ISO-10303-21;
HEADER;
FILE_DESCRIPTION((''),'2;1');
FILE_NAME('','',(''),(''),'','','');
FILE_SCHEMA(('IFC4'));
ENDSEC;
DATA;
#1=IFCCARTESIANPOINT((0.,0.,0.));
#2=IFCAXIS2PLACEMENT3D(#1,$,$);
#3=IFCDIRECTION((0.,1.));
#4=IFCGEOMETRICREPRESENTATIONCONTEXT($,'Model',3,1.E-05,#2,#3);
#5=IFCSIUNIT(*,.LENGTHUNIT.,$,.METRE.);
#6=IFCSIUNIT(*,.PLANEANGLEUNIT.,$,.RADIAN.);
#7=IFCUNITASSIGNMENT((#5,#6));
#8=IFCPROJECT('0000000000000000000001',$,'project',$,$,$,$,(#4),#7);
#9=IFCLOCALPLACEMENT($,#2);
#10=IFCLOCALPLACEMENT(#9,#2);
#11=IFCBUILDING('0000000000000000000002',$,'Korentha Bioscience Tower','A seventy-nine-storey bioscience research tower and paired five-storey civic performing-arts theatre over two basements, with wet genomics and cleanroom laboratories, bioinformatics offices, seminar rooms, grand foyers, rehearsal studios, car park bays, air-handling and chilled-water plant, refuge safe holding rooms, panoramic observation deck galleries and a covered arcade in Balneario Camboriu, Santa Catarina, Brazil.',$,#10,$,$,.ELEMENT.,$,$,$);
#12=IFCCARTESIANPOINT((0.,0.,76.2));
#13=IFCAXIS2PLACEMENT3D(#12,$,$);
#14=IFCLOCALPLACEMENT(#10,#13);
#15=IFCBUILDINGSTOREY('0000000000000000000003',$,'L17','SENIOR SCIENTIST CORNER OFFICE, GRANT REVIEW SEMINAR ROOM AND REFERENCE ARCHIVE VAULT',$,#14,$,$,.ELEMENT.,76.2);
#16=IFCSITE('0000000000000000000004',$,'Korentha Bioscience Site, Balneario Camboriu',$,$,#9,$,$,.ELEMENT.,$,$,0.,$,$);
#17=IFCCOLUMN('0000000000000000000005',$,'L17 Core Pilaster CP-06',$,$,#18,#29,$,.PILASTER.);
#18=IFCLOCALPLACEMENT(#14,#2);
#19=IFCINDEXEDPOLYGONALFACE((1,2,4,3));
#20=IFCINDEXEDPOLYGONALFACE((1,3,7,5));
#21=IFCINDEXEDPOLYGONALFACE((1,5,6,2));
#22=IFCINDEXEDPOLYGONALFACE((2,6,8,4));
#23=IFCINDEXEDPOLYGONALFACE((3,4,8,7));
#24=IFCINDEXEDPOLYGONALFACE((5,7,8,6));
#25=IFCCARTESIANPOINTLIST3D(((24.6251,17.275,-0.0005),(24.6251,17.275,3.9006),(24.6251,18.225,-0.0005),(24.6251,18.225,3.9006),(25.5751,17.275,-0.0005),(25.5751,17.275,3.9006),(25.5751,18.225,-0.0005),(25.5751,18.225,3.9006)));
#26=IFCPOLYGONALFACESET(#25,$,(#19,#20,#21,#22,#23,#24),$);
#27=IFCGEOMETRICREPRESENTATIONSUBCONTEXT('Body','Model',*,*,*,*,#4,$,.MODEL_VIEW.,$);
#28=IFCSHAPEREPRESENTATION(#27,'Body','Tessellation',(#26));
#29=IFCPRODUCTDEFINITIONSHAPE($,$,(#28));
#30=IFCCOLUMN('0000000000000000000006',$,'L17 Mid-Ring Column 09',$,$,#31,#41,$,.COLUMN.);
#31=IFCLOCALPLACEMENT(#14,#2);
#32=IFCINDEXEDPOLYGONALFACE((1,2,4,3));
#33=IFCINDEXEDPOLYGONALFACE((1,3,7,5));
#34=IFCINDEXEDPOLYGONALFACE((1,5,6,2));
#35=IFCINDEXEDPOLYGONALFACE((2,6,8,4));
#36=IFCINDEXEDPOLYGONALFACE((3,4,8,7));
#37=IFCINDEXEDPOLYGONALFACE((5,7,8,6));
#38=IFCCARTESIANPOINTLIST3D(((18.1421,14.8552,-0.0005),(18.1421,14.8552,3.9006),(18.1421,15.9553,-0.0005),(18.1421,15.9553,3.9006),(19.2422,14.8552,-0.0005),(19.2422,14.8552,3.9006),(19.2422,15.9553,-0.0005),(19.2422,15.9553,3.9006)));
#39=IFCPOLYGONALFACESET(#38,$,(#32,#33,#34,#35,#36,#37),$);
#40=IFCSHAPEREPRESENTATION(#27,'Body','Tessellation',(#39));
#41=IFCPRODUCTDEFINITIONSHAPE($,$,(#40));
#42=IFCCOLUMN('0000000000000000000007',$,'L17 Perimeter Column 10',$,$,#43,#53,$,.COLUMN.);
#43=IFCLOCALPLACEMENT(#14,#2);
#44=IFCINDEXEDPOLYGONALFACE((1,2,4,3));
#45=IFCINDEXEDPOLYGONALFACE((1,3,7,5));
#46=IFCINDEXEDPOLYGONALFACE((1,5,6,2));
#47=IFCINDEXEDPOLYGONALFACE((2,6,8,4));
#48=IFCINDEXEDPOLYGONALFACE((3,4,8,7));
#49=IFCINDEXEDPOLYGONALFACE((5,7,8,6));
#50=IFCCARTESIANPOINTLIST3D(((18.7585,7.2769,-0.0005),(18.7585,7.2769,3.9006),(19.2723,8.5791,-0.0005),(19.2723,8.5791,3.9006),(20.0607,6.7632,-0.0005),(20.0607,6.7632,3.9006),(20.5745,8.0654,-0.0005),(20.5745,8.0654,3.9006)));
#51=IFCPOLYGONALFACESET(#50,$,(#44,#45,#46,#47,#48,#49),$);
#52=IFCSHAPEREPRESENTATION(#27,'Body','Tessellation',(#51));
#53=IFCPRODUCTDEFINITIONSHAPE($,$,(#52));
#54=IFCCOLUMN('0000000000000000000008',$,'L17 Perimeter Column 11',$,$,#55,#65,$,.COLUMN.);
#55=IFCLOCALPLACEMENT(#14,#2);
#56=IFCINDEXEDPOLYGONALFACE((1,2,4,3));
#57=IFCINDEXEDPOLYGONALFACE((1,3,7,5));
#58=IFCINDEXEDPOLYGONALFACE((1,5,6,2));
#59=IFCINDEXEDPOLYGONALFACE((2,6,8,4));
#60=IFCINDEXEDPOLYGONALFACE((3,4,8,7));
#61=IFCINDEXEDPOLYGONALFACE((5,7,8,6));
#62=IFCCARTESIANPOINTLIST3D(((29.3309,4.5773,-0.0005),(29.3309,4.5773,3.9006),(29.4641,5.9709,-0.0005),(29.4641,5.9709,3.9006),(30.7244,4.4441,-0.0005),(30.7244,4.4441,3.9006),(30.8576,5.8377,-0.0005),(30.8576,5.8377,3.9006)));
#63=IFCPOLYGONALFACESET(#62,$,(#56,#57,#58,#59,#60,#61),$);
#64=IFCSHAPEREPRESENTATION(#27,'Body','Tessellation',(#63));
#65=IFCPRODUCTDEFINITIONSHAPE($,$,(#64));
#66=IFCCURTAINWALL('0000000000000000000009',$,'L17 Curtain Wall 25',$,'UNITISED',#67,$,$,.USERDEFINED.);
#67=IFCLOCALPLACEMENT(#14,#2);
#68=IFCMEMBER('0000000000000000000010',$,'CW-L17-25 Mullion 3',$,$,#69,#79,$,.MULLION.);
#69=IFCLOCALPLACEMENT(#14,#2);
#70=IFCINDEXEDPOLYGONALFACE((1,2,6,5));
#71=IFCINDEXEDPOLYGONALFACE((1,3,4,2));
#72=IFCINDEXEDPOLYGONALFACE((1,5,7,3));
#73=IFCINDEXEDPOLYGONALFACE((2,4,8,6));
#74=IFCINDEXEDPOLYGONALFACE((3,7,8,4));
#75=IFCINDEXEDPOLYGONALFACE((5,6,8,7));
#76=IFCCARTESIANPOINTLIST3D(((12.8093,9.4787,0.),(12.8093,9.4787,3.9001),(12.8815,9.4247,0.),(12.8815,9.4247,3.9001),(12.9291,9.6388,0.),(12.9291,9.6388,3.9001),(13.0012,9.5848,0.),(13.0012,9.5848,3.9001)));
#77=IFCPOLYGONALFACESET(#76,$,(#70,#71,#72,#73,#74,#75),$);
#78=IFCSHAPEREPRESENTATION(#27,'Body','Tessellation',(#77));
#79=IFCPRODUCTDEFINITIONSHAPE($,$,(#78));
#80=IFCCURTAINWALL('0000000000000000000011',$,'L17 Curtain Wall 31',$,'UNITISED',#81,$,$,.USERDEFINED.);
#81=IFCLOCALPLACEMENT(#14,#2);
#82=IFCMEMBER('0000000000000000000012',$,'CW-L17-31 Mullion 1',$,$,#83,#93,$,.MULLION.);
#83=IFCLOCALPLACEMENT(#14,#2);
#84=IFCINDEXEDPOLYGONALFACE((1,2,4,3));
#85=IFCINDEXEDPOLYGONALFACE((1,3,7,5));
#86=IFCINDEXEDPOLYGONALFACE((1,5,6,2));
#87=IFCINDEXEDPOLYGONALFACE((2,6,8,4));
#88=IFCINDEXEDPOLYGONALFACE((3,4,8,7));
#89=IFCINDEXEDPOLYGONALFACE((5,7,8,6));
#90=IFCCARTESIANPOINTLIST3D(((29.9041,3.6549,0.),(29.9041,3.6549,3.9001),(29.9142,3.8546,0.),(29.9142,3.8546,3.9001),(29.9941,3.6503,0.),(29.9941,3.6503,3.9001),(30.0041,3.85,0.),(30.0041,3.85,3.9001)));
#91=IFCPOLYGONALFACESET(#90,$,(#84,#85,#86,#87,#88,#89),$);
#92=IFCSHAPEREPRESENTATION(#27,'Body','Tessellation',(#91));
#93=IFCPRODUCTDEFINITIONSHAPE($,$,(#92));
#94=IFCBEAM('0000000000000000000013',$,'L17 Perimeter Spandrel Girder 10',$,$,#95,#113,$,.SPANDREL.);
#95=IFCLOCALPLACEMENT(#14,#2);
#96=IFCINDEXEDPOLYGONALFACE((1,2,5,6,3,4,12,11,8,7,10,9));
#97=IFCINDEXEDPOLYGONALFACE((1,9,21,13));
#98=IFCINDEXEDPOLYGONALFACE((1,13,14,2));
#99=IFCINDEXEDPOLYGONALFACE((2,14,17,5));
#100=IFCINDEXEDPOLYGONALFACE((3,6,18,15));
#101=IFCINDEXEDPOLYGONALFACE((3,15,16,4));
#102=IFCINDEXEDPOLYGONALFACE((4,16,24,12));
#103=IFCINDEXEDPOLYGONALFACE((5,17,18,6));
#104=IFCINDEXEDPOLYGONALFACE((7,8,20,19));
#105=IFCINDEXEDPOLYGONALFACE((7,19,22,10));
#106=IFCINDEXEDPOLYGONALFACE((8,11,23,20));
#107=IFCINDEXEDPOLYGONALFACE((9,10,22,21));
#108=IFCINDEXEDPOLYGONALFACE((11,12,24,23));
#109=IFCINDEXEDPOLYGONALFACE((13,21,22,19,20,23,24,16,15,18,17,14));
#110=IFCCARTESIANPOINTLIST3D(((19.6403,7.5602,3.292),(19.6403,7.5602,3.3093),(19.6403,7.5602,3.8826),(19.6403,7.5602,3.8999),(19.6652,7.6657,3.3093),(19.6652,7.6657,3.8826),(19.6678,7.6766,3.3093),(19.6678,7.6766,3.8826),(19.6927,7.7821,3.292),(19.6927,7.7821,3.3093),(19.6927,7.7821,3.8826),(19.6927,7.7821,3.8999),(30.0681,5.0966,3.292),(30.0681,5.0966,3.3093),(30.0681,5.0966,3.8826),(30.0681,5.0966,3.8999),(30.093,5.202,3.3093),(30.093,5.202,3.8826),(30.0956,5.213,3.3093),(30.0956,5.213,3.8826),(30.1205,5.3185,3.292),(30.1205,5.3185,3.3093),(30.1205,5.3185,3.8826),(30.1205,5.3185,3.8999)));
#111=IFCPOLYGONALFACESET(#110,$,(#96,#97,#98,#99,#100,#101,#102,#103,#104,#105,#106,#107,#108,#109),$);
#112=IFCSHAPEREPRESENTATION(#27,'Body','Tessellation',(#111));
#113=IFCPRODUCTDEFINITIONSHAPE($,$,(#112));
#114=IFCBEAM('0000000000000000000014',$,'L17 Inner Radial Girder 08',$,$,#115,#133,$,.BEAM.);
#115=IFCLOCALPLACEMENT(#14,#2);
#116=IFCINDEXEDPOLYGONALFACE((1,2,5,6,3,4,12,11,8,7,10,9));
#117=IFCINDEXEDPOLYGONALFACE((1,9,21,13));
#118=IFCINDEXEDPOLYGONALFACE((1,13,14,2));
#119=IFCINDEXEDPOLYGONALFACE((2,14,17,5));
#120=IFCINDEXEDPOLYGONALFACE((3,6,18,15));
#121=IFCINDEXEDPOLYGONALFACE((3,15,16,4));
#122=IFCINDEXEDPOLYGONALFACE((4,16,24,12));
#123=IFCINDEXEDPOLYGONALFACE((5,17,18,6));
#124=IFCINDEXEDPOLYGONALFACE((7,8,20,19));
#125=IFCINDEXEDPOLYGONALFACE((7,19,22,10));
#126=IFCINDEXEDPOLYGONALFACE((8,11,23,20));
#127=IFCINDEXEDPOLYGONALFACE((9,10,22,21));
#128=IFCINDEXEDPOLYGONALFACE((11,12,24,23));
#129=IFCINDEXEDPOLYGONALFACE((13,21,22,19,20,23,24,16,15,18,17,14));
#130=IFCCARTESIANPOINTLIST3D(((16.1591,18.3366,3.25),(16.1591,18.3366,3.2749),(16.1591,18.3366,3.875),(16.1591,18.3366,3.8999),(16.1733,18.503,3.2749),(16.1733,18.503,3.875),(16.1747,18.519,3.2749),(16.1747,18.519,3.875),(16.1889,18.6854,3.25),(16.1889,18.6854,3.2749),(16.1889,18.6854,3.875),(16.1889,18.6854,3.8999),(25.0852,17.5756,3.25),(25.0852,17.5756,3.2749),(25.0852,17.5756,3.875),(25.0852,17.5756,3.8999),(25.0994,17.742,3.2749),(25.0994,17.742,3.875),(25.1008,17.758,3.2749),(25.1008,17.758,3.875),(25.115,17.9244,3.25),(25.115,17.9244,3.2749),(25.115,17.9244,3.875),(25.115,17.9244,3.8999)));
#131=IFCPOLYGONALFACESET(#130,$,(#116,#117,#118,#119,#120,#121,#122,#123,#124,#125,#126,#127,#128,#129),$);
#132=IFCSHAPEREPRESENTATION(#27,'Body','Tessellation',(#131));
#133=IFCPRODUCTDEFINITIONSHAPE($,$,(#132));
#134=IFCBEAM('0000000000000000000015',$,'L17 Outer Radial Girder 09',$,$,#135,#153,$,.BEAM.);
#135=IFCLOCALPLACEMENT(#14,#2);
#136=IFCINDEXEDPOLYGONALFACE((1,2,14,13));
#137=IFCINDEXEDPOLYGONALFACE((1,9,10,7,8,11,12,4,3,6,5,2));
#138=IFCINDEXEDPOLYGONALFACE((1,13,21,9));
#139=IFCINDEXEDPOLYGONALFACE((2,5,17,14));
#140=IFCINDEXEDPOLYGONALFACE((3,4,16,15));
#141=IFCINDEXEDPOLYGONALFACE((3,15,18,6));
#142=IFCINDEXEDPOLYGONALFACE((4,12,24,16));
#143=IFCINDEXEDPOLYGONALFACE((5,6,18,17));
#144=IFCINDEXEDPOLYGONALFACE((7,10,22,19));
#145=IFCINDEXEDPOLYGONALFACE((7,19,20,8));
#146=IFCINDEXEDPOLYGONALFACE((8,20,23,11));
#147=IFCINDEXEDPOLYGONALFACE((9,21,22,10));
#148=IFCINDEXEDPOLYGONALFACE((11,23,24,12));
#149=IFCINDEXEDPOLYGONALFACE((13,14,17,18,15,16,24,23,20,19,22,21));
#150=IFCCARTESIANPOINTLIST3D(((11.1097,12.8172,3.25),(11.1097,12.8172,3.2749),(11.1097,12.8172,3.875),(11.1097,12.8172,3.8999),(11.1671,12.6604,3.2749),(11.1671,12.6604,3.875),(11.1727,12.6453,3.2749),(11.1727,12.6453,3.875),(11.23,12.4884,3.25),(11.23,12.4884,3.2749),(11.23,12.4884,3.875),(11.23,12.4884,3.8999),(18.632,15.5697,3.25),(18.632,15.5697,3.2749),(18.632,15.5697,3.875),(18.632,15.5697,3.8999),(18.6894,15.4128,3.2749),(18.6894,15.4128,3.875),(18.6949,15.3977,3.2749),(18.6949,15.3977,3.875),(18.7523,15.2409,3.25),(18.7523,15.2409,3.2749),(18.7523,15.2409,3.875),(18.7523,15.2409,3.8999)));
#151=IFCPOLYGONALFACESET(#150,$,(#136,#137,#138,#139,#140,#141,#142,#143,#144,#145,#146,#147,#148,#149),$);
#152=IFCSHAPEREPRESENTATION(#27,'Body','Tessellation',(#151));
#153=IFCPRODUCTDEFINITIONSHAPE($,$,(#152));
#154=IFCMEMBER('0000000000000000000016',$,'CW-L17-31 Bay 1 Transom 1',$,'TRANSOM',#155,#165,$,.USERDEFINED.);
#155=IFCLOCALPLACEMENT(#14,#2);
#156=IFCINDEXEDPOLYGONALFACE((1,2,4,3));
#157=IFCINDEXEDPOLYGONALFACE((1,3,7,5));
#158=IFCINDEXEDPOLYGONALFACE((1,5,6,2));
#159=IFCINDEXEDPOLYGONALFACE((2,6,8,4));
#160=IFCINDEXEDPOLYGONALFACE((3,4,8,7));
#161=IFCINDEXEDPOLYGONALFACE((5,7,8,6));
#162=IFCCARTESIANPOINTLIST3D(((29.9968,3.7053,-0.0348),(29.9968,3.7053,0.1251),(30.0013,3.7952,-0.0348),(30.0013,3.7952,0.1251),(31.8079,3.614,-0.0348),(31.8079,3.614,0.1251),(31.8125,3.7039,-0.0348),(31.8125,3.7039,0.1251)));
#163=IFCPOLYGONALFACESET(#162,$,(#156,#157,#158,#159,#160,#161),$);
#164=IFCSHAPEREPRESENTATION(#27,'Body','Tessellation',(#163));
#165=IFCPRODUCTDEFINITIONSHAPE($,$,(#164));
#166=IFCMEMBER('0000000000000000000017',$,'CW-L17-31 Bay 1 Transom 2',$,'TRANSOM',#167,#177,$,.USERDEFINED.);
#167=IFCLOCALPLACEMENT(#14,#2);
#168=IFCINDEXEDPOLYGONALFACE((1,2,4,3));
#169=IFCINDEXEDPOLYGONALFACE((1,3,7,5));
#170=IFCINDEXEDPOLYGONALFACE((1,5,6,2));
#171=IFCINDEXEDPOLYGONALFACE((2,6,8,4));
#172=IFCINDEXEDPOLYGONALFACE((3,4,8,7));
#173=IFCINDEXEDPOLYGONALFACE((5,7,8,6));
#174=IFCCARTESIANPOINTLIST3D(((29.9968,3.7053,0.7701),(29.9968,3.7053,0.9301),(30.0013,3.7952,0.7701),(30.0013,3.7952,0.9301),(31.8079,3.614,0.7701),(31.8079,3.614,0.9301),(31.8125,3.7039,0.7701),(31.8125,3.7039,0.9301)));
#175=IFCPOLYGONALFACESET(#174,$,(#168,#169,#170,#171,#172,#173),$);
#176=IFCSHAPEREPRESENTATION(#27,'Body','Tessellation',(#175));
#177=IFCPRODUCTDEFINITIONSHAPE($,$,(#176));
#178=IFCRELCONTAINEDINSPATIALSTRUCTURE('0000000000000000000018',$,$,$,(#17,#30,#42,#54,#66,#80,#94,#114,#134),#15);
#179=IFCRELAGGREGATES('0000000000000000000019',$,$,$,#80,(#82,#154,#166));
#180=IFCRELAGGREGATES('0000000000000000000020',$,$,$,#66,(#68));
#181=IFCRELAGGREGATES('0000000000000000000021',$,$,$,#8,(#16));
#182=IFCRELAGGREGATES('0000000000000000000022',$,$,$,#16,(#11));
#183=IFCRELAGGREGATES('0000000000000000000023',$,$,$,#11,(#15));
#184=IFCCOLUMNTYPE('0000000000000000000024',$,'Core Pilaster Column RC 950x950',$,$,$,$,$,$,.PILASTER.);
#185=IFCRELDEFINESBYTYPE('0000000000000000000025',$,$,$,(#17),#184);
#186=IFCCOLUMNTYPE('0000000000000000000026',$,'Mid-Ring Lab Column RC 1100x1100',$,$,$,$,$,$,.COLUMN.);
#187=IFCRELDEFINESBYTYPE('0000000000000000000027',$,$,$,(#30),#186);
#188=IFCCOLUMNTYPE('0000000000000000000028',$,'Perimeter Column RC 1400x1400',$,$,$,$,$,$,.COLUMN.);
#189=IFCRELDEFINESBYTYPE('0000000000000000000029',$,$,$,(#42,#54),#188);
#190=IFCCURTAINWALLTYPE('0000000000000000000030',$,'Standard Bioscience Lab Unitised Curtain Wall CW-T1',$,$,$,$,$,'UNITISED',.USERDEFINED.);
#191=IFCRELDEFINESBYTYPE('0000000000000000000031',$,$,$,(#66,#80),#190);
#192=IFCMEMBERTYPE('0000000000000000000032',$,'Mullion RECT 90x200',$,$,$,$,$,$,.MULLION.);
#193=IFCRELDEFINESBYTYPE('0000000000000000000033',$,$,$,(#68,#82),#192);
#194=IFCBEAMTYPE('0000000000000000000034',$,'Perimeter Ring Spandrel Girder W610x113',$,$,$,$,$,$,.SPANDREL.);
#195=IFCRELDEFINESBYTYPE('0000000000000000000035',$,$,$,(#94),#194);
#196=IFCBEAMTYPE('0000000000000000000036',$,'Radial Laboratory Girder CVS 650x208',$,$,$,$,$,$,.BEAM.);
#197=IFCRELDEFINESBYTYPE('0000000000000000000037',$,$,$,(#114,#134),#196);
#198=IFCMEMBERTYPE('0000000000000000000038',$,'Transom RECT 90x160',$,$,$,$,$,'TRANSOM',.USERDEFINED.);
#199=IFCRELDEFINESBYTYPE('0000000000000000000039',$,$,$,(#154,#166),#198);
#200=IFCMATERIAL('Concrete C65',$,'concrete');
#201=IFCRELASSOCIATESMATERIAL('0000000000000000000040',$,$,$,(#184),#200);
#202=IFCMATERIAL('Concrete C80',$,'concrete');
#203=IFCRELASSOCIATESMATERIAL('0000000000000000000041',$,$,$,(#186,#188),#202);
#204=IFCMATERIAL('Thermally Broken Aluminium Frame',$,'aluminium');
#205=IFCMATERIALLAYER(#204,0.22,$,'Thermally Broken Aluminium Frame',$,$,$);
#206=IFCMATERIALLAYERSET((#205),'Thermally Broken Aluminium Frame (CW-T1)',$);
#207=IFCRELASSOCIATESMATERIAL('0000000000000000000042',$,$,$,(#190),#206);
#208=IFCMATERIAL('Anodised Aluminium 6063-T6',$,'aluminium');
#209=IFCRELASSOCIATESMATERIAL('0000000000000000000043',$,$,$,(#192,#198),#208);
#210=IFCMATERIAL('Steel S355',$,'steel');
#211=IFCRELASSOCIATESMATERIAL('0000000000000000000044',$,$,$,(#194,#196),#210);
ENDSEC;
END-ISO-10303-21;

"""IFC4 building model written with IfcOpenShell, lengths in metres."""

from ifc_helpers import new_model, si_unit, direction, frame, origin, origin_2d, place, context, subcontext, project, spatial, rectangle, i_section, extrude, material, layer, layer_set, material_profile, profile_set, type_object, element, aggregate, save


model = new_model("IFC4")

# Units and contexts
model_context = context("Model", 3, precision=1e-05, world=origin(), true_north=direction((0.0, 1.0)))
body_context = subcontext(model_context, "Body", "Model", "MODEL_VIEW")
ifc_project = project(units=[si_unit("LENGTHUNIT", "METRE"), si_unit("PLANEANGLEUNIT", "RADIAN")], contexts=[model_context])

# Site, building, storey
site_placement = place(None, origin())
site = spatial("IfcSite", under=ifc_project, at=site_placement, Name="Korentha Bioscience Site, Balneario Camboriu", CompositionType="ELEMENT", RefElevation=0.0)
building_placement = place(site_placement, origin())
building = spatial("IfcBuilding", under=site, at=building_placement, Name="Korentha Bioscience Tower", Description="A seventy-nine-storey bioscience research tower and paired five-storey civic performing-arts theatre over two basements, with wet genomics and cleanroom laboratories, bioinformatics offices, seminar rooms, grand foyers, rehearsal studios, car park bays, air-handling and chilled-water plant, refuge safe holding rooms, panoramic observation deck galleries and a covered arcade in Balneario Camboriu, Santa Catarina, Brazil.", CompositionType="ELEMENT")
storey_placement = place(building_placement, frame((0.0, 0.0, 76.2)))
storey = spatial("IfcBuildingStorey", under=building, at=storey_placement, Name="L17", Description="SENIOR SCIENTIST CORNER OFFICE, GRANT REVIEW SEMINAR ROOM AND REFERENCE ARCHIVE VAULT", CompositionType="ELEMENT", Elevation=76.2)

# Columns
ifc_material_1 = material(Name="Concrete C65", Category="concrete")
ifc_material_profile_1 = material_profile(ifc_material_1, rectangle(XDim=0.95, YDim=0.95, at=origin_2d()), Name="Concrete C65")
ifc_profile_set_1 = profile_set([ifc_material_profile_1], Name="Concrete C65 (COL-CP09)")
column_type_1 = type_object("IfcColumnType", Name="Core Pilaster Column RC 950x950", PredefinedType="PILASTER", material=ifc_profile_set_1)
column_1_placement = place(storey_placement, frame((25.1001, 17.75, -0.0005), z_axis=(0.0, 0.0, 1.0), x_axis=(1.0, 0.0, 0.0)))
element("IfcColumn", 1, at=column_1_placement, inside=storey, type_object=column_type_1, Name="L17 Core Pilaster CP-06", PredefinedType="PILASTER", context=body_context, shape_type="SweptSolid", body=[
    extrude(rectangle(XDim=0.95, YDim=0.95, at=origin_2d()), origin(), (0.0, 0.0, 1.0), 3.9011),
])
ifc_material_2 = material(Name="Concrete C80", Category="concrete")
ifc_material_profile_2 = material_profile(ifc_material_2, rectangle(XDim=1.1001, YDim=1.1001, at=origin_2d()), Name="Concrete C80")
ifc_profile_set_2 = profile_set([ifc_material_profile_2], Name="Concrete C80 (COL-MR11)")
column_type_2 = type_object("IfcColumnType", Name="Mid-Ring Lab Column RC 1100x1100", PredefinedType="COLUMN", material=ifc_profile_set_2)
column_2_placement = place(storey_placement, frame((18.6921, 15.4053, -0.0005), z_axis=(0.0, 0.0, 1.0), x_axis=(1.0, 0.0, 0.0)))
element("IfcColumn", 2, at=column_2_placement, inside=storey, type_object=column_type_2, Name="L17 Mid-Ring Column 09", PredefinedType="COLUMN", context=body_context, shape_type="SweptSolid", body=[
    extrude(rectangle(XDim=1.1001, YDim=1.1001, at=origin_2d()), origin(), (0.0, 0.0, 1.0), 3.9011),
])
ifc_material_profile_3 = material_profile(ifc_material_2, rectangle(XDim=1.3999, YDim=1.3999, at=origin_2d()), Name="Concrete C80")
ifc_profile_set_3 = profile_set([ifc_material_profile_3], Name="Concrete C80 (COL-P14)")
column_type_3 = type_object("IfcColumnType", Name="Perimeter Column RC 1400x1400", PredefinedType="COLUMN", material=ifc_profile_set_3)
for number, where, z_axis, x_axis, name in (
    (3, (19.6665, 7.6711, -0.0005), (0.0, 0.0, 1.0), (-0.930226, 0.366988, 0.0), "L17 Perimeter Column 10"),
    (4, (30.0942, 5.2075, -0.0005), (0.0, 0.0, 1.0), (-0.995463, 0.095151, 0.0), "L17 Perimeter Column 11"),
):
    element("IfcColumn", number, at=place(storey_placement, frame(where, z_axis=z_axis, x_axis=x_axis)), inside=storey, type_object=column_type_3, Name=name, PredefinedType="COLUMN", context=body_context, shape_type="SweptSolid", body=[
        extrude(rectangle(XDim=1.3999, YDim=1.3999, at=origin_2d()), origin(), (0.0, 0.0, 1.0), 3.9011),
    ])

# Curtain walls, members
ifc_material_3 = material(Name="Thermally Broken Aluminium Frame", Category="aluminium")
ifc_layer_1 = layer(ifc_material_3, 0.22, Name="Thermally Broken Aluminium Frame")
ifc_layer_set_1 = layer_set([ifc_layer_1], Name="Thermally Broken Aluminium Frame (CW-T1)")
curtain_wall_type = type_object("IfcCurtainWallType", Name="Standard Bioscience Lab Unitised Curtain Wall CW-T1", ElementType="UNITISED", PredefinedType="USERDEFINED", material=ifc_layer_set_1)
curtain_wall_1_placement = place(storey_placement, origin())
curtain_wall_1 = element("IfcCurtainWall", 5, at=curtain_wall_1_placement, inside=storey, type_object=curtain_wall_type, Name="L17 Curtain Wall 25", ObjectType="UNITISED", PredefinedType="USERDEFINED")
ifc_material_4 = material(Name="Anodised Aluminium 6063-T6", Category="aluminium")
ifc_material_profile_4 = material_profile(ifc_material_4, rectangle(XDim=0.0901, YDim=0.2, at=origin_2d()), Name="Anodised Aluminium 6063-T6")
ifc_profile_set_4 = profile_set([ifc_material_profile_4], Name="Anodised Aluminium 6063-T6 (CW-MUL)")
member_type_1 = type_object("IfcMemberType", Name="Mullion RECT 90x200", PredefinedType="MULLION", material=ifc_profile_set_4)
member_1_placement = place(storey_placement, frame((12.9053, 9.5317, 0.0), z_axis=(0.0, 0.0, 1.0), x_axis=(0.800798, -0.598935, 0.0)))
member_1 = element("IfcMember", 6, at=member_1_placement, type_object=member_type_1, Name="CW-L17-25 Mullion 3", PredefinedType="MULLION", context=body_context, shape_type="SweptSolid", body=[
    extrude(rectangle(XDim=0.0901, YDim=0.2, at=origin_2d()), origin(), (0.0, 0.0, 1.0), 3.9001),
])
curtain_wall_2_placement = place(storey_placement, origin())
curtain_wall_2 = element("IfcCurtainWall", 7, at=curtain_wall_2_placement, inside=storey, type_object=curtain_wall_type, Name="L17 Curtain Wall 31", ObjectType="UNITISED", PredefinedType="USERDEFINED")
member_2_placement = place(storey_placement, frame((29.9541, 3.7524, 0.0), z_axis=(0.0, 0.0, 1.0), x_axis=(0.998731, -0.050371, 0.0)))
member_2 = element("IfcMember", 8, at=member_2_placement, type_object=member_type_1, Name="CW-L17-31 Mullion 1", PredefinedType="MULLION", context=body_context, shape_type="SweptSolid", body=[
    extrude(rectangle(XDim=0.0901, YDim=0.2, at=origin_2d()), origin(), (0.0, 0.0, 1.0), 3.9001),
])

# Beams
ifc_material_5 = material(Name="Steel S355", Category="steel")
ifc_material_profile_5 = material_profile(ifc_material_5, i_section(OverallWidth=0.228, OverallDepth=0.6079, WebThickness=0.0112, FlangeThickness=0.0173, at=origin_2d()), Name="Steel S355")
ifc_profile_set_5 = profile_set([ifc_material_profile_5], Name="Steel S355 (SB-610)")
beam_type_1 = type_object("IfcBeamType", Name="Perimeter Ring Spandrel Girder W610x113", PredefinedType="SPANDREL", material=ifc_profile_set_5)
beam_1_placement = place(storey_placement, frame((19.6665, 7.6711, 3.5959), z_axis=(0.973208, -0.229927, 0.0), x_axis=(0.229927, 0.973208, 0.0)))
element("IfcBeam", 9, at=beam_1_placement, inside=storey, type_object=beam_type_1, Name="L17 Perimeter Spandrel Girder 10", PredefinedType="SPANDREL", context=body_context, shape_type="SweptSolid", body=[
    extrude(i_section(OverallWidth=0.228, OverallDepth=0.6079, WebThickness=0.0112, FlangeThickness=0.0173, at=origin_2d()), origin(), (0.0, 0.0, 1.0), 10.7148),
])
ifc_material_profile_6 = material_profile(ifc_material_5, i_section(OverallWidth=0.3501, OverallDepth=0.6499, WebThickness=0.0161, FlangeThickness=0.0249, at=origin_2d()), Name="Steel S355")
ifc_profile_set_6 = profile_set([ifc_material_profile_6], Name="Steel S355 (RB-650)")
beam_type_2 = type_object("IfcBeamType", Name="Radial Laboratory Girder CVS 650x208", PredefinedType="BEAM", material=ifc_profile_set_6)
beam_2_placement = place(storey_placement, frame((25.1001, 17.75, 3.575), z_axis=(-0.996386, 0.084947, 0.0), x_axis=(-0.084947, -0.996386, 0.0)))
element("IfcBeam", 10, at=beam_2_placement, inside=storey, type_object=beam_type_2, Name="L17 Inner Radial Girder 08", PredefinedType="BEAM", context=body_context, shape_type="SweptSolid", body=[
    extrude(i_section(OverallWidth=0.3501, OverallDepth=0.6499, WebThickness=0.0161, FlangeThickness=0.0249, at=origin_2d()), origin(), (0.0, 0.0, 1.0), 8.9585),
])
beam_3_placement = place(storey_placement, frame((18.6921, 15.4053, 3.575), z_axis=(-0.939106, -0.343627, 0.0), x_axis=(0.343627, -0.939106, 0.0)))
element("IfcBeam", 11, at=beam_3_placement, inside=storey, type_object=beam_type_2, Name="L17 Outer Radial Girder 09", PredefinedType="BEAM", context=body_context, shape_type="SweptSolid", body=[
    extrude(i_section(OverallWidth=0.3501, OverallDepth=0.6499, WebThickness=0.0161, FlangeThickness=0.0249, at=origin_2d()), origin(), (0.0, 0.0, 1.0), 8.01),
])

# Members
ifc_material_profile_7 = material_profile(ifc_material_4, rectangle(XDim=0.0901, YDim=0.1599, at=origin_2d()), Name="Anodised Aluminium 6063-T6")
ifc_profile_set_7 = profile_set([ifc_material_profile_7], Name="Anodised Aluminium 6063-T6 (CW-TRN)")
member_type_2 = type_object("IfcMemberType", Name="Transom RECT 90x160", ElementType="TRANSOM", PredefinedType="USERDEFINED", material=ifc_profile_set_7)
member_3_placement = place(storey_placement, frame((29.999, 3.7502, 0.0452), z_axis=(0.998732, -0.050347, 0.0), x_axis=(0.050347, 0.998732, 0.0)))
member_3 = element("IfcMember", 12, at=member_3_placement, type_object=member_type_2, Name="CW-L17-31 Bay 1 Transom 1", ObjectType="TRANSOM", PredefinedType="USERDEFINED", context=body_context, shape_type="SweptSolid", body=[
    extrude(rectangle(XDim=0.0901, YDim=0.1599, at=origin_2d()), origin(), (0.0, 0.0, 1.0), 1.8135),
])
member_4_placement = place(storey_placement, frame((29.999, 3.7502, 0.8501), z_axis=(0.998732, -0.050347, 0.0), x_axis=(0.050347, 0.998732, 0.0)))
member_4 = element("IfcMember", 13, at=member_4_placement, type_object=member_type_2, Name="CW-L17-31 Bay 1 Transom 2", ObjectType="TRANSOM", PredefinedType="USERDEFINED", context=body_context, shape_type="SweptSolid", body=[
    extrude(rectangle(XDim=0.0901, YDim=0.1599, at=origin_2d()), origin(), (0.0, 0.0, 1.0), 1.8135),
])
aggregate(curtain_wall_2, [member_2, member_3, member_4])

aggregate(curtain_wall_1, [member_1])

save(model, "model.ifc")
